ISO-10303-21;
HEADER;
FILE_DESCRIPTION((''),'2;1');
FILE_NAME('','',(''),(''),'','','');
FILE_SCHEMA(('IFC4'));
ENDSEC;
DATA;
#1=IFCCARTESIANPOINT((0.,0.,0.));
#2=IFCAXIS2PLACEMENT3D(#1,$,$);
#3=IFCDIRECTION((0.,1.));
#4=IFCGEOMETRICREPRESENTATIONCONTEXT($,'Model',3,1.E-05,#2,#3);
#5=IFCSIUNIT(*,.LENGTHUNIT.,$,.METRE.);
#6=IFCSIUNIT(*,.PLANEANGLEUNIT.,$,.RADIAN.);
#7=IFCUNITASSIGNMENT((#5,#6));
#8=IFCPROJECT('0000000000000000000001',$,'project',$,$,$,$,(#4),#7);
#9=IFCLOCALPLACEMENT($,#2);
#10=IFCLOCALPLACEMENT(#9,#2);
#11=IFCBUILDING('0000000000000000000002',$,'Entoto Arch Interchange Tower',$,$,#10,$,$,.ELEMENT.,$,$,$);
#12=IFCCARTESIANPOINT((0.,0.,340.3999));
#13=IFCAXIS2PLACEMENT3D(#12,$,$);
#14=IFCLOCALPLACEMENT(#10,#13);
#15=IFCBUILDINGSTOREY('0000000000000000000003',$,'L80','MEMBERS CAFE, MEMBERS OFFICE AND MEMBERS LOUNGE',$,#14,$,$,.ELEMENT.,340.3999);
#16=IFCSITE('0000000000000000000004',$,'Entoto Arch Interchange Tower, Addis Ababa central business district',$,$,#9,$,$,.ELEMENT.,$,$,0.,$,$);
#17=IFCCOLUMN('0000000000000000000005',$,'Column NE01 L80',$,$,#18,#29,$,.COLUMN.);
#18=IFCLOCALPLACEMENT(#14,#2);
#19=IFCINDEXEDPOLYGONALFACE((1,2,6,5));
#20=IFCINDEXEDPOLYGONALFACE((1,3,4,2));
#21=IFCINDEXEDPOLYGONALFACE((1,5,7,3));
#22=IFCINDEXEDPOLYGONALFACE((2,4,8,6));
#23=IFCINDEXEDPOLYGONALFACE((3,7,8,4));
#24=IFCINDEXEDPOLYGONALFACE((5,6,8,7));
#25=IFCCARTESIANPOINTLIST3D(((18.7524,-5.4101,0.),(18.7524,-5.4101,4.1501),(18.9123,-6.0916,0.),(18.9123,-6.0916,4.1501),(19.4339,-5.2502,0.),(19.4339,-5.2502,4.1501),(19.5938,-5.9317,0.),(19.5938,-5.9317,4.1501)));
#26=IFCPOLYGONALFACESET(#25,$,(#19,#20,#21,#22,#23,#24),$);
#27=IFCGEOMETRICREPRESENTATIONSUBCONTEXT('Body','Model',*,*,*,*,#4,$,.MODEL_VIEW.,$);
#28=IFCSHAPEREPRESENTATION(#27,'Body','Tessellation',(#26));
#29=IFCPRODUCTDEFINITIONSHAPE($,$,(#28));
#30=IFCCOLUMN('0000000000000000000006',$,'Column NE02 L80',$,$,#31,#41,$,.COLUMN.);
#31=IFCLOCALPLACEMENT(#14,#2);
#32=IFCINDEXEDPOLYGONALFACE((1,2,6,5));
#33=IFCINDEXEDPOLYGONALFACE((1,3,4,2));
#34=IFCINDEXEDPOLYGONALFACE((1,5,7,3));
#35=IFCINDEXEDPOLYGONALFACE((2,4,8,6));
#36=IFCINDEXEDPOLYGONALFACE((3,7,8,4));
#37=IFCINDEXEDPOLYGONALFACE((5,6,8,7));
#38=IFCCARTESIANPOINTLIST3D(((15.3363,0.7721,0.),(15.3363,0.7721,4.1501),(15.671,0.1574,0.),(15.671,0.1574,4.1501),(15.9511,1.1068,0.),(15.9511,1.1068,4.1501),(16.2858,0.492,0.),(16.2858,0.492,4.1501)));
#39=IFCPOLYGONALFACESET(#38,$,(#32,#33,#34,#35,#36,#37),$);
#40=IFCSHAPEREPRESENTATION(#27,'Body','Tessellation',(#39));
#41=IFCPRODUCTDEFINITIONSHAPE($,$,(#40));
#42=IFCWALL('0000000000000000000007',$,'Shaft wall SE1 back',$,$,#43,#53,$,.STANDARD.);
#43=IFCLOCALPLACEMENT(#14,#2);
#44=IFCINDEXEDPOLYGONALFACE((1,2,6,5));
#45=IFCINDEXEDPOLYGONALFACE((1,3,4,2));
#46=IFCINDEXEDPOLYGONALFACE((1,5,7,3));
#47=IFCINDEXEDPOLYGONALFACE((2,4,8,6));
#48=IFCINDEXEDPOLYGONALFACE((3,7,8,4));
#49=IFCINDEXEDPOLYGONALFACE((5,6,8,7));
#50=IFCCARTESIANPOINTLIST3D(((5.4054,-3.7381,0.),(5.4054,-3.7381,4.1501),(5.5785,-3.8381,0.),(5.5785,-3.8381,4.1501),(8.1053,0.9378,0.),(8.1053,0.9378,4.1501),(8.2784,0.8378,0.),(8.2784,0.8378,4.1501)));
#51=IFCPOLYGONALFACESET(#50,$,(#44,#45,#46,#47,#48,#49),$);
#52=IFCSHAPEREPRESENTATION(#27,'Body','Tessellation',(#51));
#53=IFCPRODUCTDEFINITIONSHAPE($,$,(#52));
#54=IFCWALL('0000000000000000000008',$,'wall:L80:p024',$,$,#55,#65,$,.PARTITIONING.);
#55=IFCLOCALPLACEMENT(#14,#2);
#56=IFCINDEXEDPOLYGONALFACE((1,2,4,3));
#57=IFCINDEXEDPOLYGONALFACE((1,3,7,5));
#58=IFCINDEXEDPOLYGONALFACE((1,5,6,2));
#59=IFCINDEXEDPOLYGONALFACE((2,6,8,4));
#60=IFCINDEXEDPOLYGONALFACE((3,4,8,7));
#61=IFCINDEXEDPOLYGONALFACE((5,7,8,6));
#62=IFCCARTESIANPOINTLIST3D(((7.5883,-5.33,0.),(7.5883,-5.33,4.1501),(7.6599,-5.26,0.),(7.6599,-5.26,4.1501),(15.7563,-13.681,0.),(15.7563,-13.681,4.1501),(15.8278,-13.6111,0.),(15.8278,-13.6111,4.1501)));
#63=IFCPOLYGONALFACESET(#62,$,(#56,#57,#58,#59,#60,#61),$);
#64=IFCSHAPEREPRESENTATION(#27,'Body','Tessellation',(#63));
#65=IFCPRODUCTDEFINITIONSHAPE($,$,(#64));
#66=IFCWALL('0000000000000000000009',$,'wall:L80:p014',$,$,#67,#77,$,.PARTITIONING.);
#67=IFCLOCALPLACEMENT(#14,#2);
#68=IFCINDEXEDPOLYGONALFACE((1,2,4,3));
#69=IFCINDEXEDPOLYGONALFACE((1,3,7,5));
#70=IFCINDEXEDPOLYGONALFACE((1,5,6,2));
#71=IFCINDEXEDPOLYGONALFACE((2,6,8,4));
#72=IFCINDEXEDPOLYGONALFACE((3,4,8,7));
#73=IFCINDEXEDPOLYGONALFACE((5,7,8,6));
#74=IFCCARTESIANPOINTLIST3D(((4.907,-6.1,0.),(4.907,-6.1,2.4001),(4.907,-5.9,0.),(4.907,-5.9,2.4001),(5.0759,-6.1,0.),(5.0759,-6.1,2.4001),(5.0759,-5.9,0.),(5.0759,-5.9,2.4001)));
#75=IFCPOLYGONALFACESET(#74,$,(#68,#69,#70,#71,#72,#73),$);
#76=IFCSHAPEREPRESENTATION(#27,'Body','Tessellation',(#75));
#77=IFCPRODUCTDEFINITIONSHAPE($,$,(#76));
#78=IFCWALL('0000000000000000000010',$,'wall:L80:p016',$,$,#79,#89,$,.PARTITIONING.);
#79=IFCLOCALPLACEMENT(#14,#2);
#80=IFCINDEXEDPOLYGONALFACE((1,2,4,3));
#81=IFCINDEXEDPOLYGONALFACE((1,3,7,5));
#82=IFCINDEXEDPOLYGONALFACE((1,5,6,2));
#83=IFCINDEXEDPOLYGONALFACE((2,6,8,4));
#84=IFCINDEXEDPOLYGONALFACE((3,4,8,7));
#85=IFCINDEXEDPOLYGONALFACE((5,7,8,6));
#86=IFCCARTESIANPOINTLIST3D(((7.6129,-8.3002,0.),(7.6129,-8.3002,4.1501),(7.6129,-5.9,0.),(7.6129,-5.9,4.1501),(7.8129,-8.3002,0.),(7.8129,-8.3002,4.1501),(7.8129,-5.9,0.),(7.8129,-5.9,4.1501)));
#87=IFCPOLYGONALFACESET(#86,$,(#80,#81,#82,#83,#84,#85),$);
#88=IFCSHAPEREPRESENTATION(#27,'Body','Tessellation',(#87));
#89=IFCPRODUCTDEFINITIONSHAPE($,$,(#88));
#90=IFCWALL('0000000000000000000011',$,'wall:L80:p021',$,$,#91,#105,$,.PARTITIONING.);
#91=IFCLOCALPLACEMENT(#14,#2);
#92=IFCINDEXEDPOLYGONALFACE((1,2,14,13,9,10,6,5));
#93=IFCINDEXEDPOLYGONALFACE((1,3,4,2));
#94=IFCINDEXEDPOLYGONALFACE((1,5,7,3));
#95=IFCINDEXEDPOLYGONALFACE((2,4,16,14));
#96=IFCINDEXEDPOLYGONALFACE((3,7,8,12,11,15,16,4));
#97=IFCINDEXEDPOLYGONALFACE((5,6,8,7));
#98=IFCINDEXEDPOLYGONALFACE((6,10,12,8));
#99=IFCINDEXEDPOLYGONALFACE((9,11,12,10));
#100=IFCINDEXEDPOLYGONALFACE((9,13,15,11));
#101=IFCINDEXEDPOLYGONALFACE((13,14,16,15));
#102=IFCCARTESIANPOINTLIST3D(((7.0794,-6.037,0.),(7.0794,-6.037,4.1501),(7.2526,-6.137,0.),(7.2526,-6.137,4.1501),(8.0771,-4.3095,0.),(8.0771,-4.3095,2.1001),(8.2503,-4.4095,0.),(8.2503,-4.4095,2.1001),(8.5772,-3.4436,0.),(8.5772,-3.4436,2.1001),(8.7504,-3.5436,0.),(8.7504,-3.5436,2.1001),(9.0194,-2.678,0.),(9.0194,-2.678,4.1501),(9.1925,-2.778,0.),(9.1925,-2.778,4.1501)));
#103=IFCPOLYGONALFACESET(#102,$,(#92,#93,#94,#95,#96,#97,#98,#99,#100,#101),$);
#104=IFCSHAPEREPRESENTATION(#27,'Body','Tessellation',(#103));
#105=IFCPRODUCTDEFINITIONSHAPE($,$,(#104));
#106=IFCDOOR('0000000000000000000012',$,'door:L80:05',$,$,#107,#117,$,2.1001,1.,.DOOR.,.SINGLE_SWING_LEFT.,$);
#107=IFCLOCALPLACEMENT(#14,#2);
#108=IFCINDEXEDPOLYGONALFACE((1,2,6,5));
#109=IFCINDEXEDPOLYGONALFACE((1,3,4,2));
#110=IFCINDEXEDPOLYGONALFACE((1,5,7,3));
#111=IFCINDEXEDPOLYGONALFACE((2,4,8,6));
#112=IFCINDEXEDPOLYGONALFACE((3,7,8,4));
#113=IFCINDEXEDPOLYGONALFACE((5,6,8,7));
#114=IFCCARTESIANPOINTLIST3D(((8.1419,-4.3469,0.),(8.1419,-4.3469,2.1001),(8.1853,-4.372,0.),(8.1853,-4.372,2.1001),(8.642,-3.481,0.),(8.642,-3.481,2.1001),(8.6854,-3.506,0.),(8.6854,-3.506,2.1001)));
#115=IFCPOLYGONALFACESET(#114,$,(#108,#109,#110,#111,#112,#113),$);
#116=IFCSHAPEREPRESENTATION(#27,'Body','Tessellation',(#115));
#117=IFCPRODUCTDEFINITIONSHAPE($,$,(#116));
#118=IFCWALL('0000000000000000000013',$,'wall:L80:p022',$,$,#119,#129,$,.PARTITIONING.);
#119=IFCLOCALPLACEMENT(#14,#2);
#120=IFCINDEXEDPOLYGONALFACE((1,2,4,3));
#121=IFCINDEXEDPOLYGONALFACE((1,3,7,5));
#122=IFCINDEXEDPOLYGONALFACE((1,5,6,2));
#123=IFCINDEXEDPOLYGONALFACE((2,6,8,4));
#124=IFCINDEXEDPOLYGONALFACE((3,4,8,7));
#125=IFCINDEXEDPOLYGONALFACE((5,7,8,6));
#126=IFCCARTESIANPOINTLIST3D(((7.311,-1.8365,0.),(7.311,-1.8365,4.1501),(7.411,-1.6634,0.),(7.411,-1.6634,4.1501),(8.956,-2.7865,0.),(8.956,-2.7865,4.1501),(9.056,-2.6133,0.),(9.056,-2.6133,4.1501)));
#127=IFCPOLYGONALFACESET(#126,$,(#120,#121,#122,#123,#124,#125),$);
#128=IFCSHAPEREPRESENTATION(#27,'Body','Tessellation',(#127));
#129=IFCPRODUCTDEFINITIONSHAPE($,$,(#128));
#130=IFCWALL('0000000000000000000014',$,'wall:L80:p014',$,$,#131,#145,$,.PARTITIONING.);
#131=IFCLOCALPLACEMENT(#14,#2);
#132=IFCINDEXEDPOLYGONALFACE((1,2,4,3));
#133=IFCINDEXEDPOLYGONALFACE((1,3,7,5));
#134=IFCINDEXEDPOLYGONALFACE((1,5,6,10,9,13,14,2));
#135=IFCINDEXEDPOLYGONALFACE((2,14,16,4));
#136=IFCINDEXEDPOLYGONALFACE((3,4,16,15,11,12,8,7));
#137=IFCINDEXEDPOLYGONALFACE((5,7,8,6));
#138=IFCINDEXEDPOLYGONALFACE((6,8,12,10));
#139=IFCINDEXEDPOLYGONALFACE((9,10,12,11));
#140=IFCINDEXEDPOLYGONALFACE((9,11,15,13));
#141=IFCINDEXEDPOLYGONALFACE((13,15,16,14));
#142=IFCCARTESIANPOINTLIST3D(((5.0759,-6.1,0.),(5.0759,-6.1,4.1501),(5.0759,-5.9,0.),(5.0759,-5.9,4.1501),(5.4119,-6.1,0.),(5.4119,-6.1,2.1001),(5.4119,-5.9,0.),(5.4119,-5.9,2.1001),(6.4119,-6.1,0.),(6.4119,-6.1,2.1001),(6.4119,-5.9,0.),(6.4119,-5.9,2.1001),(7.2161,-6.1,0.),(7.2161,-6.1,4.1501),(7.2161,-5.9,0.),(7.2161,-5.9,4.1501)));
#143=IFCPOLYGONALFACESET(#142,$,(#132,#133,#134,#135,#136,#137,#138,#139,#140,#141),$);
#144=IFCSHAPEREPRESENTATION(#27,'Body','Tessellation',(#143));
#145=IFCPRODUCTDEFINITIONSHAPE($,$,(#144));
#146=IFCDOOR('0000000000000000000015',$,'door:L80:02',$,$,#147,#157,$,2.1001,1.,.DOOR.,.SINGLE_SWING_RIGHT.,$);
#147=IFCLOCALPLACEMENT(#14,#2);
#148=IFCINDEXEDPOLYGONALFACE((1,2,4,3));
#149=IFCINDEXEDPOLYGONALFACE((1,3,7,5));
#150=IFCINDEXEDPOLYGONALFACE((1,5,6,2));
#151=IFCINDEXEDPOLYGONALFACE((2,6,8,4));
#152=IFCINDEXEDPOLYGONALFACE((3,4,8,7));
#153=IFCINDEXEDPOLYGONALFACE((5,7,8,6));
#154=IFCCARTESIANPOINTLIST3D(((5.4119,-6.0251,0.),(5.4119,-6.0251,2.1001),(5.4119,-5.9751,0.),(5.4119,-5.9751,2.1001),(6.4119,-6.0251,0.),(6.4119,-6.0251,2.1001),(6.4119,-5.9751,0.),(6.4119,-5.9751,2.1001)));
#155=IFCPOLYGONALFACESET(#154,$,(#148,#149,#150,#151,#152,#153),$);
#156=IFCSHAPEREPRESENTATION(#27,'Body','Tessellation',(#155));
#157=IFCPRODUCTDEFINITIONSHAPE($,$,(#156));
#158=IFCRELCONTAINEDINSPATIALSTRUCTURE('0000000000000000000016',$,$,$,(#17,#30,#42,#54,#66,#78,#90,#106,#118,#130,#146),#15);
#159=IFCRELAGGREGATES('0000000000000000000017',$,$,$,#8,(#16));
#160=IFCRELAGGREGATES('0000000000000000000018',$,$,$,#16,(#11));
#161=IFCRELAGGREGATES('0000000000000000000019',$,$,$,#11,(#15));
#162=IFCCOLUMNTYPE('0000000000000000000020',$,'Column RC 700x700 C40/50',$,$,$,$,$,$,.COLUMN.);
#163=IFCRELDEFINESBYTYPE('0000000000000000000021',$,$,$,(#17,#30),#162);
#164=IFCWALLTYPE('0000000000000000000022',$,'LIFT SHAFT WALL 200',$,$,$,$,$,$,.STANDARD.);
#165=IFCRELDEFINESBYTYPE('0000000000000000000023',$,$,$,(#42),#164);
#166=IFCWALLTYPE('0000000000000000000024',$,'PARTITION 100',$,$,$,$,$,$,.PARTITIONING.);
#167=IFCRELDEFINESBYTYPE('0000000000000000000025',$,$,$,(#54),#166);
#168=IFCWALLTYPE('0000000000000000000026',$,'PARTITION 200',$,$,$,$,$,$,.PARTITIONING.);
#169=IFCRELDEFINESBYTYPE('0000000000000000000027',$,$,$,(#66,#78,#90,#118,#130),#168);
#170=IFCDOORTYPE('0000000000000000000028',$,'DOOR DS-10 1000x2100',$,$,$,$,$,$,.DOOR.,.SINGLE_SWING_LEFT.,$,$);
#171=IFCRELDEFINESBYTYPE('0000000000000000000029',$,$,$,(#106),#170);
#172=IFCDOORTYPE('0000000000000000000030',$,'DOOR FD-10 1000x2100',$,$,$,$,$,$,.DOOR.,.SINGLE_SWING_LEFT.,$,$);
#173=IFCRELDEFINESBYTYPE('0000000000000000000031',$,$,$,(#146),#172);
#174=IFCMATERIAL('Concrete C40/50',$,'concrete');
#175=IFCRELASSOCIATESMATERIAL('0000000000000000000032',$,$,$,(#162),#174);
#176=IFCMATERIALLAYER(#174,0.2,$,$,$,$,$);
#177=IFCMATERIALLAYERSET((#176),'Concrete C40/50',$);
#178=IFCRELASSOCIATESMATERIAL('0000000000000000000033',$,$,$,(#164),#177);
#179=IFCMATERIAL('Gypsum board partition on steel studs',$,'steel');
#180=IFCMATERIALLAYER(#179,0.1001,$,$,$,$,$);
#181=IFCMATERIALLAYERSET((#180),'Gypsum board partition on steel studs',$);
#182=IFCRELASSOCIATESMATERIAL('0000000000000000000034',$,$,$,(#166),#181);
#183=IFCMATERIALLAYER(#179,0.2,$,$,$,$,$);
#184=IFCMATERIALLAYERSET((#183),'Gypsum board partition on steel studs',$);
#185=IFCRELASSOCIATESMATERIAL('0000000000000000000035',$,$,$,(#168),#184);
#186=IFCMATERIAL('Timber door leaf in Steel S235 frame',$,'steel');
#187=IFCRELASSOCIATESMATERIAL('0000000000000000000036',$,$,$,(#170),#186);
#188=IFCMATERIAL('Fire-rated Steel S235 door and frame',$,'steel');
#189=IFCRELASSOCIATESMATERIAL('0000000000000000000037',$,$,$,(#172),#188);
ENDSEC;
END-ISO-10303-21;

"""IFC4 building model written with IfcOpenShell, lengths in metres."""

from ifc_helpers import new_model, si_unit, direction, frame, frame_2d, origin, origin_2d, place, context, subcontext, project, spatial, rectangle, extrude, material, layer, layer_set, material_profile, profile_set, type_object, element, fill, save


model = new_model("IFC4")

# Units and contexts
model_context = context("Model", 3, precision=1e-05, world=origin(), true_north=direction((0.0, 1.0)))
body_context = subcontext(model_context, "Body", "Model", "MODEL_VIEW")
ifc_project = project(units=[si_unit("LENGTHUNIT", "METRE"), si_unit("PLANEANGLEUNIT", "RADIAN")], contexts=[model_context])

# Site, building, storey
site_placement = place(None, origin())
site = spatial("IfcSite", under=ifc_project, at=site_placement, Name="Entoto Arch Interchange Tower, Addis Ababa central business district", CompositionType="ELEMENT", RefElevation=0.0)
building_placement = place(site_placement, origin())
building = spatial("IfcBuilding", under=site, at=building_placement, Name="Entoto Arch Interchange Tower", CompositionType="ELEMENT")
storey_placement = place(building_placement, frame((0.0, 0.0, 340.3999)))
storey = spatial("IfcBuildingStorey", under=building, at=storey_placement, Name="L80", Description="MEMBERS CAFE, MEMBERS OFFICE AND MEMBERS LOUNGE", CompositionType="ELEMENT", Elevation=340.3999)

# Columns
ifc_material_1 = material(Name="Concrete C40/50", Category="concrete")
ifc_material_profile = material_profile(ifc_material_1, rectangle(XDim=0.7, YDim=0.7, at=origin_2d()))
ifc_profile_set = profile_set([ifc_material_profile], Name="Concrete C40/50")
column_type = type_object("IfcColumnType", Name="Column RC 700x700 C40/50", PredefinedType="COLUMN", material=ifc_profile_set)
for number, where, z_axis, x_axis, name in (
    (1, (19.1731, -5.6709, 0.0), (0.0, 0.0, 1.0), (-0.228436, 0.973559, 0.0), "Column NE01 L80"),
    (2, (15.811, 0.6321, 0.0), (0.0, 0.0, 1.0), (-0.47814, 0.878284, 0.0), "Column NE02 L80"),
):
    element("IfcColumn", number, at=place(storey_placement, frame(where, z_axis=z_axis, x_axis=x_axis)), inside=storey, type_object=column_type, Name=name, PredefinedType="COLUMN", context=body_context, shape_type="SweptSolid", body=[
        extrude(rectangle(XDim=0.7, YDim=0.7, at=origin_2d()), origin(), (0.0, 0.0, 1.0), 4.1501),
    ])

# Walls
ifc_layer_1 = layer(ifc_material_1, 0.2)
ifc_layer_set_1 = layer_set([ifc_layer_1], Name="Concrete C40/50")
wall_type_1 = type_object("IfcWallType", Name="LIFT SHAFT WALL 200", PredefinedType="STANDARD", material=ifc_layer_set_1)
wall_1_placement = place(storey_placement, frame((5.4919, -3.7881, 0.0), z_axis=(0.0, 0.0, 1.0), x_axis=(0.500034, 0.866006, 0.0)))
element("IfcWall", 3, at=wall_1_placement, inside=storey, type_object=wall_type_1, Name="Shaft wall SE1 back", PredefinedType="STANDARD", context=body_context, shape_type="SweptSolid", body=[
    extrude(rectangle(XDim=5.3994, YDim=0.2, at=frame_2d((2.6997, 0.0))), origin(), (0.0, 0.0, 1.0), 4.1501),
])
ifc_material_2 = material(Name="Gypsum board partition on steel studs", Category="steel")
ifc_layer_2 = layer(ifc_material_2, 0.1001)
ifc_layer_set_2 = layer_set([ifc_layer_2], Name="Gypsum board partition on steel studs")
wall_type_2 = type_object("IfcWallType", Name="PARTITION 100", PredefinedType="PARTITIONING", material=ifc_layer_set_2)
wall_2_placement = place(storey_placement, frame((7.624, -5.2949, 0.0), z_axis=(0.0, 0.0, 1.0), x_axis=(0.699226, -0.714901, 0.0)))
element("IfcWall", 4, at=wall_2_placement, inside=storey, type_object=wall_type_2, Name="wall:L80:p024", PredefinedType="PARTITIONING", context=body_context, shape_type="SweptSolid", body=[
    extrude(rectangle(XDim=11.6814, YDim=0.1001, at=frame_2d((5.8408, 0.0))), origin(), (0.0, 0.0, 1.0), 4.1501),
])
ifc_layer_3 = layer(ifc_material_2, 0.2)
ifc_layer_set_3 = layer_set([ifc_layer_3], Name="Gypsum board partition on steel studs")
wall_type_3 = type_object("IfcWallType", Name="PARTITION 200", PredefinedType="PARTITIONING", material=ifc_layer_set_3)
wall_3_placement = place(storey_placement, frame((4.907, -6.0, 0.0), z_axis=(0.0, 0.0, 1.0), x_axis=(1.0, 0.0, 0.0)))
element("IfcWall", 5, at=wall_3_placement, inside=storey, type_object=wall_type_3, Name="wall:L80:p014", PredefinedType="PARTITIONING", context=body_context, shape_type="SweptSolid", body=[
    extrude(rectangle(XDim=0.1689, YDim=0.2, at=frame_2d((0.0845, 0.0))), origin(), (0.0, 0.0, 1.0), 2.4001),
])
wall_4_placement = place(storey_placement, frame((7.7129, -5.8999, 0.0), z_axis=(0.0, 0.0, 1.0), x_axis=(0.0, -1.0, 0.0)))
element("IfcWall", 6, at=wall_4_placement, inside=storey, type_object=wall_type_3, Name="wall:L80:p016", PredefinedType="PARTITIONING", context=body_context, shape_type="SweptSolid", body=[
    extrude(rectangle(XDim=2.4001, YDim=0.2, at=frame_2d((1.2002, 0.0))), origin(), (0.0, 0.0, 1.0), 4.1501),
])

# Wall, opening, door
wall_5_placement = place(storey_placement, frame((9.106, -2.728, 0.0), z_axis=(0.0, 0.0, 1.0), x_axis=(-0.500133, -0.865949, 0.0)))
wall_5 = element("IfcWall", 7, at=wall_5_placement, inside=storey, type_object=wall_type_3, Name="wall:L80:p021", PredefinedType="PARTITIONING", context=body_context, shape_type="SweptSolid", body=[
    extrude(rectangle(XDim=3.8789, YDim=0.2, at=frame_2d((1.9395, 0.0))), origin(), (0.0, 0.0, 1.0), 4.1501),
])
opening_1_placement = place(wall_5_placement, frame((0.884, 0.0, 0.0)))
opening_1 = element("IfcOpeningElement", 8, at=opening_1_placement, cuts=wall_5, PredefinedType="OPENING", context=body_context, shape_type="SweptSolid", body=[
    extrude(rectangle(XDim=1.0, YDim=2.1001, at=frame_2d((0.5, 1.05))), frame((0.0, 0.1099, 0.0), z_axis=(0.0, -1.0, 0.0), x_axis=(1.0, 0.0, 0.0)), (0.0, 0.0, 1.0), 0.22),
])
ifc_material_3 = material(Name="Timber door leaf in Steel S235 frame", Category="steel")
door_type_1 = type_object("IfcDoorType", Name="DOOR DS-10 1000x2100", OperationType="SINGLE_SWING_LEFT", PredefinedType="DOOR", material=ifc_material_3)
door_1_placement = place(opening_1_placement, origin())
door_1 = element("IfcDoor", 9, at=door_1_placement, inside=storey, type_object=door_type_1, Name="door:L80:05", OperationType="SINGLE_SWING_LEFT", OverallHeight=2.1001, OverallWidth=1.0, PredefinedType="DOOR", context=body_context, shape_type="SweptSolid", body=[
    extrude(rectangle(XDim=1.0, YDim=2.1001, at=frame_2d((0.5, 1.05))), frame((0.0, 0.0249, 0.0), z_axis=(0.0, -1.0, 0.0), x_axis=(1.0, 0.0, 0.0)), (0.0, 0.0, 1.0), 0.05),
])
fill(opening_1, door_1)

# Wall
wall_6_placement = place(storey_placement, frame((7.3611, -1.75, 0.0), z_axis=(0.0, 0.0, 1.0), x_axis=(0.86598, -0.500078, 0.0)))
element("IfcWall", 10, at=wall_6_placement, inside=storey, type_object=wall_type_3, Name="wall:L80:p022", PredefinedType="PARTITIONING", context=body_context, shape_type="SweptSolid", body=[
    extrude(rectangle(XDim=1.8997, YDim=0.2, at=frame_2d((0.9497, 0.0))), origin(), (0.0, 0.0, 1.0), 4.1501),
])

# Wall, opening, door
wall_7_placement = place(storey_placement, frame((5.0759, -6.0, 0.0), z_axis=(0.0, 0.0, 1.0), x_axis=(1.0, 0.0, 0.0)))
wall_7 = element("IfcWall", 11, at=wall_7_placement, inside=storey, type_object=wall_type_3, Name="wall:L80:p014", PredefinedType="PARTITIONING", context=body_context, shape_type="SweptSolid", body=[
    extrude(rectangle(XDim=2.1401, YDim=0.2, at=frame_2d((1.0701, 0.0))), origin(), (0.0, 0.0, 1.0), 4.1501),
])
opening_2_placement = place(wall_7_placement, frame((0.3359, 0.0, 0.0)))
opening_2 = element("IfcOpeningElement", 12, at=opening_2_placement, cuts=wall_7, PredefinedType="OPENING", context=body_context, shape_type="SweptSolid", body=[
    extrude(rectangle(XDim=1.0, YDim=2.1001, at=frame_2d((0.5, 1.05))), frame((0.0, 0.1099, 0.0), z_axis=(0.0, -1.0, 0.0), x_axis=(1.0, 0.0, 0.0)), (0.0, 0.0, 1.0), 0.22),
])
ifc_material_4 = material(Name="Fire-rated Steel S235 door and frame", Category="steel")
door_type_2 = type_object("IfcDoorType", Name="DOOR FD-10 1000x2100", OperationType="SINGLE_SWING_LEFT", PredefinedType="DOOR", material=ifc_material_4)
door_2_placement = place(opening_2_placement, origin())
door_2 = element("IfcDoor", 13, at=door_2_placement, inside=storey, type_object=door_type_2, Name="door:L80:02", OperationType="SINGLE_SWING_RIGHT", OverallHeight=2.1001, OverallWidth=1.0, PredefinedType="DOOR", context=body_context, shape_type="SweptSolid", body=[
    extrude(rectangle(XDim=1.0, YDim=2.1001, at=frame_2d((0.5, 1.05))), frame((0.0, 0.0249, 0.0), z_axis=(0.0, -1.0, 0.0), x_axis=(1.0, 0.0, 0.0)), (0.0, 0.0, 1.0), 0.05),
])
fill(opening_2, door_2)

save(model, "model.ifc")
